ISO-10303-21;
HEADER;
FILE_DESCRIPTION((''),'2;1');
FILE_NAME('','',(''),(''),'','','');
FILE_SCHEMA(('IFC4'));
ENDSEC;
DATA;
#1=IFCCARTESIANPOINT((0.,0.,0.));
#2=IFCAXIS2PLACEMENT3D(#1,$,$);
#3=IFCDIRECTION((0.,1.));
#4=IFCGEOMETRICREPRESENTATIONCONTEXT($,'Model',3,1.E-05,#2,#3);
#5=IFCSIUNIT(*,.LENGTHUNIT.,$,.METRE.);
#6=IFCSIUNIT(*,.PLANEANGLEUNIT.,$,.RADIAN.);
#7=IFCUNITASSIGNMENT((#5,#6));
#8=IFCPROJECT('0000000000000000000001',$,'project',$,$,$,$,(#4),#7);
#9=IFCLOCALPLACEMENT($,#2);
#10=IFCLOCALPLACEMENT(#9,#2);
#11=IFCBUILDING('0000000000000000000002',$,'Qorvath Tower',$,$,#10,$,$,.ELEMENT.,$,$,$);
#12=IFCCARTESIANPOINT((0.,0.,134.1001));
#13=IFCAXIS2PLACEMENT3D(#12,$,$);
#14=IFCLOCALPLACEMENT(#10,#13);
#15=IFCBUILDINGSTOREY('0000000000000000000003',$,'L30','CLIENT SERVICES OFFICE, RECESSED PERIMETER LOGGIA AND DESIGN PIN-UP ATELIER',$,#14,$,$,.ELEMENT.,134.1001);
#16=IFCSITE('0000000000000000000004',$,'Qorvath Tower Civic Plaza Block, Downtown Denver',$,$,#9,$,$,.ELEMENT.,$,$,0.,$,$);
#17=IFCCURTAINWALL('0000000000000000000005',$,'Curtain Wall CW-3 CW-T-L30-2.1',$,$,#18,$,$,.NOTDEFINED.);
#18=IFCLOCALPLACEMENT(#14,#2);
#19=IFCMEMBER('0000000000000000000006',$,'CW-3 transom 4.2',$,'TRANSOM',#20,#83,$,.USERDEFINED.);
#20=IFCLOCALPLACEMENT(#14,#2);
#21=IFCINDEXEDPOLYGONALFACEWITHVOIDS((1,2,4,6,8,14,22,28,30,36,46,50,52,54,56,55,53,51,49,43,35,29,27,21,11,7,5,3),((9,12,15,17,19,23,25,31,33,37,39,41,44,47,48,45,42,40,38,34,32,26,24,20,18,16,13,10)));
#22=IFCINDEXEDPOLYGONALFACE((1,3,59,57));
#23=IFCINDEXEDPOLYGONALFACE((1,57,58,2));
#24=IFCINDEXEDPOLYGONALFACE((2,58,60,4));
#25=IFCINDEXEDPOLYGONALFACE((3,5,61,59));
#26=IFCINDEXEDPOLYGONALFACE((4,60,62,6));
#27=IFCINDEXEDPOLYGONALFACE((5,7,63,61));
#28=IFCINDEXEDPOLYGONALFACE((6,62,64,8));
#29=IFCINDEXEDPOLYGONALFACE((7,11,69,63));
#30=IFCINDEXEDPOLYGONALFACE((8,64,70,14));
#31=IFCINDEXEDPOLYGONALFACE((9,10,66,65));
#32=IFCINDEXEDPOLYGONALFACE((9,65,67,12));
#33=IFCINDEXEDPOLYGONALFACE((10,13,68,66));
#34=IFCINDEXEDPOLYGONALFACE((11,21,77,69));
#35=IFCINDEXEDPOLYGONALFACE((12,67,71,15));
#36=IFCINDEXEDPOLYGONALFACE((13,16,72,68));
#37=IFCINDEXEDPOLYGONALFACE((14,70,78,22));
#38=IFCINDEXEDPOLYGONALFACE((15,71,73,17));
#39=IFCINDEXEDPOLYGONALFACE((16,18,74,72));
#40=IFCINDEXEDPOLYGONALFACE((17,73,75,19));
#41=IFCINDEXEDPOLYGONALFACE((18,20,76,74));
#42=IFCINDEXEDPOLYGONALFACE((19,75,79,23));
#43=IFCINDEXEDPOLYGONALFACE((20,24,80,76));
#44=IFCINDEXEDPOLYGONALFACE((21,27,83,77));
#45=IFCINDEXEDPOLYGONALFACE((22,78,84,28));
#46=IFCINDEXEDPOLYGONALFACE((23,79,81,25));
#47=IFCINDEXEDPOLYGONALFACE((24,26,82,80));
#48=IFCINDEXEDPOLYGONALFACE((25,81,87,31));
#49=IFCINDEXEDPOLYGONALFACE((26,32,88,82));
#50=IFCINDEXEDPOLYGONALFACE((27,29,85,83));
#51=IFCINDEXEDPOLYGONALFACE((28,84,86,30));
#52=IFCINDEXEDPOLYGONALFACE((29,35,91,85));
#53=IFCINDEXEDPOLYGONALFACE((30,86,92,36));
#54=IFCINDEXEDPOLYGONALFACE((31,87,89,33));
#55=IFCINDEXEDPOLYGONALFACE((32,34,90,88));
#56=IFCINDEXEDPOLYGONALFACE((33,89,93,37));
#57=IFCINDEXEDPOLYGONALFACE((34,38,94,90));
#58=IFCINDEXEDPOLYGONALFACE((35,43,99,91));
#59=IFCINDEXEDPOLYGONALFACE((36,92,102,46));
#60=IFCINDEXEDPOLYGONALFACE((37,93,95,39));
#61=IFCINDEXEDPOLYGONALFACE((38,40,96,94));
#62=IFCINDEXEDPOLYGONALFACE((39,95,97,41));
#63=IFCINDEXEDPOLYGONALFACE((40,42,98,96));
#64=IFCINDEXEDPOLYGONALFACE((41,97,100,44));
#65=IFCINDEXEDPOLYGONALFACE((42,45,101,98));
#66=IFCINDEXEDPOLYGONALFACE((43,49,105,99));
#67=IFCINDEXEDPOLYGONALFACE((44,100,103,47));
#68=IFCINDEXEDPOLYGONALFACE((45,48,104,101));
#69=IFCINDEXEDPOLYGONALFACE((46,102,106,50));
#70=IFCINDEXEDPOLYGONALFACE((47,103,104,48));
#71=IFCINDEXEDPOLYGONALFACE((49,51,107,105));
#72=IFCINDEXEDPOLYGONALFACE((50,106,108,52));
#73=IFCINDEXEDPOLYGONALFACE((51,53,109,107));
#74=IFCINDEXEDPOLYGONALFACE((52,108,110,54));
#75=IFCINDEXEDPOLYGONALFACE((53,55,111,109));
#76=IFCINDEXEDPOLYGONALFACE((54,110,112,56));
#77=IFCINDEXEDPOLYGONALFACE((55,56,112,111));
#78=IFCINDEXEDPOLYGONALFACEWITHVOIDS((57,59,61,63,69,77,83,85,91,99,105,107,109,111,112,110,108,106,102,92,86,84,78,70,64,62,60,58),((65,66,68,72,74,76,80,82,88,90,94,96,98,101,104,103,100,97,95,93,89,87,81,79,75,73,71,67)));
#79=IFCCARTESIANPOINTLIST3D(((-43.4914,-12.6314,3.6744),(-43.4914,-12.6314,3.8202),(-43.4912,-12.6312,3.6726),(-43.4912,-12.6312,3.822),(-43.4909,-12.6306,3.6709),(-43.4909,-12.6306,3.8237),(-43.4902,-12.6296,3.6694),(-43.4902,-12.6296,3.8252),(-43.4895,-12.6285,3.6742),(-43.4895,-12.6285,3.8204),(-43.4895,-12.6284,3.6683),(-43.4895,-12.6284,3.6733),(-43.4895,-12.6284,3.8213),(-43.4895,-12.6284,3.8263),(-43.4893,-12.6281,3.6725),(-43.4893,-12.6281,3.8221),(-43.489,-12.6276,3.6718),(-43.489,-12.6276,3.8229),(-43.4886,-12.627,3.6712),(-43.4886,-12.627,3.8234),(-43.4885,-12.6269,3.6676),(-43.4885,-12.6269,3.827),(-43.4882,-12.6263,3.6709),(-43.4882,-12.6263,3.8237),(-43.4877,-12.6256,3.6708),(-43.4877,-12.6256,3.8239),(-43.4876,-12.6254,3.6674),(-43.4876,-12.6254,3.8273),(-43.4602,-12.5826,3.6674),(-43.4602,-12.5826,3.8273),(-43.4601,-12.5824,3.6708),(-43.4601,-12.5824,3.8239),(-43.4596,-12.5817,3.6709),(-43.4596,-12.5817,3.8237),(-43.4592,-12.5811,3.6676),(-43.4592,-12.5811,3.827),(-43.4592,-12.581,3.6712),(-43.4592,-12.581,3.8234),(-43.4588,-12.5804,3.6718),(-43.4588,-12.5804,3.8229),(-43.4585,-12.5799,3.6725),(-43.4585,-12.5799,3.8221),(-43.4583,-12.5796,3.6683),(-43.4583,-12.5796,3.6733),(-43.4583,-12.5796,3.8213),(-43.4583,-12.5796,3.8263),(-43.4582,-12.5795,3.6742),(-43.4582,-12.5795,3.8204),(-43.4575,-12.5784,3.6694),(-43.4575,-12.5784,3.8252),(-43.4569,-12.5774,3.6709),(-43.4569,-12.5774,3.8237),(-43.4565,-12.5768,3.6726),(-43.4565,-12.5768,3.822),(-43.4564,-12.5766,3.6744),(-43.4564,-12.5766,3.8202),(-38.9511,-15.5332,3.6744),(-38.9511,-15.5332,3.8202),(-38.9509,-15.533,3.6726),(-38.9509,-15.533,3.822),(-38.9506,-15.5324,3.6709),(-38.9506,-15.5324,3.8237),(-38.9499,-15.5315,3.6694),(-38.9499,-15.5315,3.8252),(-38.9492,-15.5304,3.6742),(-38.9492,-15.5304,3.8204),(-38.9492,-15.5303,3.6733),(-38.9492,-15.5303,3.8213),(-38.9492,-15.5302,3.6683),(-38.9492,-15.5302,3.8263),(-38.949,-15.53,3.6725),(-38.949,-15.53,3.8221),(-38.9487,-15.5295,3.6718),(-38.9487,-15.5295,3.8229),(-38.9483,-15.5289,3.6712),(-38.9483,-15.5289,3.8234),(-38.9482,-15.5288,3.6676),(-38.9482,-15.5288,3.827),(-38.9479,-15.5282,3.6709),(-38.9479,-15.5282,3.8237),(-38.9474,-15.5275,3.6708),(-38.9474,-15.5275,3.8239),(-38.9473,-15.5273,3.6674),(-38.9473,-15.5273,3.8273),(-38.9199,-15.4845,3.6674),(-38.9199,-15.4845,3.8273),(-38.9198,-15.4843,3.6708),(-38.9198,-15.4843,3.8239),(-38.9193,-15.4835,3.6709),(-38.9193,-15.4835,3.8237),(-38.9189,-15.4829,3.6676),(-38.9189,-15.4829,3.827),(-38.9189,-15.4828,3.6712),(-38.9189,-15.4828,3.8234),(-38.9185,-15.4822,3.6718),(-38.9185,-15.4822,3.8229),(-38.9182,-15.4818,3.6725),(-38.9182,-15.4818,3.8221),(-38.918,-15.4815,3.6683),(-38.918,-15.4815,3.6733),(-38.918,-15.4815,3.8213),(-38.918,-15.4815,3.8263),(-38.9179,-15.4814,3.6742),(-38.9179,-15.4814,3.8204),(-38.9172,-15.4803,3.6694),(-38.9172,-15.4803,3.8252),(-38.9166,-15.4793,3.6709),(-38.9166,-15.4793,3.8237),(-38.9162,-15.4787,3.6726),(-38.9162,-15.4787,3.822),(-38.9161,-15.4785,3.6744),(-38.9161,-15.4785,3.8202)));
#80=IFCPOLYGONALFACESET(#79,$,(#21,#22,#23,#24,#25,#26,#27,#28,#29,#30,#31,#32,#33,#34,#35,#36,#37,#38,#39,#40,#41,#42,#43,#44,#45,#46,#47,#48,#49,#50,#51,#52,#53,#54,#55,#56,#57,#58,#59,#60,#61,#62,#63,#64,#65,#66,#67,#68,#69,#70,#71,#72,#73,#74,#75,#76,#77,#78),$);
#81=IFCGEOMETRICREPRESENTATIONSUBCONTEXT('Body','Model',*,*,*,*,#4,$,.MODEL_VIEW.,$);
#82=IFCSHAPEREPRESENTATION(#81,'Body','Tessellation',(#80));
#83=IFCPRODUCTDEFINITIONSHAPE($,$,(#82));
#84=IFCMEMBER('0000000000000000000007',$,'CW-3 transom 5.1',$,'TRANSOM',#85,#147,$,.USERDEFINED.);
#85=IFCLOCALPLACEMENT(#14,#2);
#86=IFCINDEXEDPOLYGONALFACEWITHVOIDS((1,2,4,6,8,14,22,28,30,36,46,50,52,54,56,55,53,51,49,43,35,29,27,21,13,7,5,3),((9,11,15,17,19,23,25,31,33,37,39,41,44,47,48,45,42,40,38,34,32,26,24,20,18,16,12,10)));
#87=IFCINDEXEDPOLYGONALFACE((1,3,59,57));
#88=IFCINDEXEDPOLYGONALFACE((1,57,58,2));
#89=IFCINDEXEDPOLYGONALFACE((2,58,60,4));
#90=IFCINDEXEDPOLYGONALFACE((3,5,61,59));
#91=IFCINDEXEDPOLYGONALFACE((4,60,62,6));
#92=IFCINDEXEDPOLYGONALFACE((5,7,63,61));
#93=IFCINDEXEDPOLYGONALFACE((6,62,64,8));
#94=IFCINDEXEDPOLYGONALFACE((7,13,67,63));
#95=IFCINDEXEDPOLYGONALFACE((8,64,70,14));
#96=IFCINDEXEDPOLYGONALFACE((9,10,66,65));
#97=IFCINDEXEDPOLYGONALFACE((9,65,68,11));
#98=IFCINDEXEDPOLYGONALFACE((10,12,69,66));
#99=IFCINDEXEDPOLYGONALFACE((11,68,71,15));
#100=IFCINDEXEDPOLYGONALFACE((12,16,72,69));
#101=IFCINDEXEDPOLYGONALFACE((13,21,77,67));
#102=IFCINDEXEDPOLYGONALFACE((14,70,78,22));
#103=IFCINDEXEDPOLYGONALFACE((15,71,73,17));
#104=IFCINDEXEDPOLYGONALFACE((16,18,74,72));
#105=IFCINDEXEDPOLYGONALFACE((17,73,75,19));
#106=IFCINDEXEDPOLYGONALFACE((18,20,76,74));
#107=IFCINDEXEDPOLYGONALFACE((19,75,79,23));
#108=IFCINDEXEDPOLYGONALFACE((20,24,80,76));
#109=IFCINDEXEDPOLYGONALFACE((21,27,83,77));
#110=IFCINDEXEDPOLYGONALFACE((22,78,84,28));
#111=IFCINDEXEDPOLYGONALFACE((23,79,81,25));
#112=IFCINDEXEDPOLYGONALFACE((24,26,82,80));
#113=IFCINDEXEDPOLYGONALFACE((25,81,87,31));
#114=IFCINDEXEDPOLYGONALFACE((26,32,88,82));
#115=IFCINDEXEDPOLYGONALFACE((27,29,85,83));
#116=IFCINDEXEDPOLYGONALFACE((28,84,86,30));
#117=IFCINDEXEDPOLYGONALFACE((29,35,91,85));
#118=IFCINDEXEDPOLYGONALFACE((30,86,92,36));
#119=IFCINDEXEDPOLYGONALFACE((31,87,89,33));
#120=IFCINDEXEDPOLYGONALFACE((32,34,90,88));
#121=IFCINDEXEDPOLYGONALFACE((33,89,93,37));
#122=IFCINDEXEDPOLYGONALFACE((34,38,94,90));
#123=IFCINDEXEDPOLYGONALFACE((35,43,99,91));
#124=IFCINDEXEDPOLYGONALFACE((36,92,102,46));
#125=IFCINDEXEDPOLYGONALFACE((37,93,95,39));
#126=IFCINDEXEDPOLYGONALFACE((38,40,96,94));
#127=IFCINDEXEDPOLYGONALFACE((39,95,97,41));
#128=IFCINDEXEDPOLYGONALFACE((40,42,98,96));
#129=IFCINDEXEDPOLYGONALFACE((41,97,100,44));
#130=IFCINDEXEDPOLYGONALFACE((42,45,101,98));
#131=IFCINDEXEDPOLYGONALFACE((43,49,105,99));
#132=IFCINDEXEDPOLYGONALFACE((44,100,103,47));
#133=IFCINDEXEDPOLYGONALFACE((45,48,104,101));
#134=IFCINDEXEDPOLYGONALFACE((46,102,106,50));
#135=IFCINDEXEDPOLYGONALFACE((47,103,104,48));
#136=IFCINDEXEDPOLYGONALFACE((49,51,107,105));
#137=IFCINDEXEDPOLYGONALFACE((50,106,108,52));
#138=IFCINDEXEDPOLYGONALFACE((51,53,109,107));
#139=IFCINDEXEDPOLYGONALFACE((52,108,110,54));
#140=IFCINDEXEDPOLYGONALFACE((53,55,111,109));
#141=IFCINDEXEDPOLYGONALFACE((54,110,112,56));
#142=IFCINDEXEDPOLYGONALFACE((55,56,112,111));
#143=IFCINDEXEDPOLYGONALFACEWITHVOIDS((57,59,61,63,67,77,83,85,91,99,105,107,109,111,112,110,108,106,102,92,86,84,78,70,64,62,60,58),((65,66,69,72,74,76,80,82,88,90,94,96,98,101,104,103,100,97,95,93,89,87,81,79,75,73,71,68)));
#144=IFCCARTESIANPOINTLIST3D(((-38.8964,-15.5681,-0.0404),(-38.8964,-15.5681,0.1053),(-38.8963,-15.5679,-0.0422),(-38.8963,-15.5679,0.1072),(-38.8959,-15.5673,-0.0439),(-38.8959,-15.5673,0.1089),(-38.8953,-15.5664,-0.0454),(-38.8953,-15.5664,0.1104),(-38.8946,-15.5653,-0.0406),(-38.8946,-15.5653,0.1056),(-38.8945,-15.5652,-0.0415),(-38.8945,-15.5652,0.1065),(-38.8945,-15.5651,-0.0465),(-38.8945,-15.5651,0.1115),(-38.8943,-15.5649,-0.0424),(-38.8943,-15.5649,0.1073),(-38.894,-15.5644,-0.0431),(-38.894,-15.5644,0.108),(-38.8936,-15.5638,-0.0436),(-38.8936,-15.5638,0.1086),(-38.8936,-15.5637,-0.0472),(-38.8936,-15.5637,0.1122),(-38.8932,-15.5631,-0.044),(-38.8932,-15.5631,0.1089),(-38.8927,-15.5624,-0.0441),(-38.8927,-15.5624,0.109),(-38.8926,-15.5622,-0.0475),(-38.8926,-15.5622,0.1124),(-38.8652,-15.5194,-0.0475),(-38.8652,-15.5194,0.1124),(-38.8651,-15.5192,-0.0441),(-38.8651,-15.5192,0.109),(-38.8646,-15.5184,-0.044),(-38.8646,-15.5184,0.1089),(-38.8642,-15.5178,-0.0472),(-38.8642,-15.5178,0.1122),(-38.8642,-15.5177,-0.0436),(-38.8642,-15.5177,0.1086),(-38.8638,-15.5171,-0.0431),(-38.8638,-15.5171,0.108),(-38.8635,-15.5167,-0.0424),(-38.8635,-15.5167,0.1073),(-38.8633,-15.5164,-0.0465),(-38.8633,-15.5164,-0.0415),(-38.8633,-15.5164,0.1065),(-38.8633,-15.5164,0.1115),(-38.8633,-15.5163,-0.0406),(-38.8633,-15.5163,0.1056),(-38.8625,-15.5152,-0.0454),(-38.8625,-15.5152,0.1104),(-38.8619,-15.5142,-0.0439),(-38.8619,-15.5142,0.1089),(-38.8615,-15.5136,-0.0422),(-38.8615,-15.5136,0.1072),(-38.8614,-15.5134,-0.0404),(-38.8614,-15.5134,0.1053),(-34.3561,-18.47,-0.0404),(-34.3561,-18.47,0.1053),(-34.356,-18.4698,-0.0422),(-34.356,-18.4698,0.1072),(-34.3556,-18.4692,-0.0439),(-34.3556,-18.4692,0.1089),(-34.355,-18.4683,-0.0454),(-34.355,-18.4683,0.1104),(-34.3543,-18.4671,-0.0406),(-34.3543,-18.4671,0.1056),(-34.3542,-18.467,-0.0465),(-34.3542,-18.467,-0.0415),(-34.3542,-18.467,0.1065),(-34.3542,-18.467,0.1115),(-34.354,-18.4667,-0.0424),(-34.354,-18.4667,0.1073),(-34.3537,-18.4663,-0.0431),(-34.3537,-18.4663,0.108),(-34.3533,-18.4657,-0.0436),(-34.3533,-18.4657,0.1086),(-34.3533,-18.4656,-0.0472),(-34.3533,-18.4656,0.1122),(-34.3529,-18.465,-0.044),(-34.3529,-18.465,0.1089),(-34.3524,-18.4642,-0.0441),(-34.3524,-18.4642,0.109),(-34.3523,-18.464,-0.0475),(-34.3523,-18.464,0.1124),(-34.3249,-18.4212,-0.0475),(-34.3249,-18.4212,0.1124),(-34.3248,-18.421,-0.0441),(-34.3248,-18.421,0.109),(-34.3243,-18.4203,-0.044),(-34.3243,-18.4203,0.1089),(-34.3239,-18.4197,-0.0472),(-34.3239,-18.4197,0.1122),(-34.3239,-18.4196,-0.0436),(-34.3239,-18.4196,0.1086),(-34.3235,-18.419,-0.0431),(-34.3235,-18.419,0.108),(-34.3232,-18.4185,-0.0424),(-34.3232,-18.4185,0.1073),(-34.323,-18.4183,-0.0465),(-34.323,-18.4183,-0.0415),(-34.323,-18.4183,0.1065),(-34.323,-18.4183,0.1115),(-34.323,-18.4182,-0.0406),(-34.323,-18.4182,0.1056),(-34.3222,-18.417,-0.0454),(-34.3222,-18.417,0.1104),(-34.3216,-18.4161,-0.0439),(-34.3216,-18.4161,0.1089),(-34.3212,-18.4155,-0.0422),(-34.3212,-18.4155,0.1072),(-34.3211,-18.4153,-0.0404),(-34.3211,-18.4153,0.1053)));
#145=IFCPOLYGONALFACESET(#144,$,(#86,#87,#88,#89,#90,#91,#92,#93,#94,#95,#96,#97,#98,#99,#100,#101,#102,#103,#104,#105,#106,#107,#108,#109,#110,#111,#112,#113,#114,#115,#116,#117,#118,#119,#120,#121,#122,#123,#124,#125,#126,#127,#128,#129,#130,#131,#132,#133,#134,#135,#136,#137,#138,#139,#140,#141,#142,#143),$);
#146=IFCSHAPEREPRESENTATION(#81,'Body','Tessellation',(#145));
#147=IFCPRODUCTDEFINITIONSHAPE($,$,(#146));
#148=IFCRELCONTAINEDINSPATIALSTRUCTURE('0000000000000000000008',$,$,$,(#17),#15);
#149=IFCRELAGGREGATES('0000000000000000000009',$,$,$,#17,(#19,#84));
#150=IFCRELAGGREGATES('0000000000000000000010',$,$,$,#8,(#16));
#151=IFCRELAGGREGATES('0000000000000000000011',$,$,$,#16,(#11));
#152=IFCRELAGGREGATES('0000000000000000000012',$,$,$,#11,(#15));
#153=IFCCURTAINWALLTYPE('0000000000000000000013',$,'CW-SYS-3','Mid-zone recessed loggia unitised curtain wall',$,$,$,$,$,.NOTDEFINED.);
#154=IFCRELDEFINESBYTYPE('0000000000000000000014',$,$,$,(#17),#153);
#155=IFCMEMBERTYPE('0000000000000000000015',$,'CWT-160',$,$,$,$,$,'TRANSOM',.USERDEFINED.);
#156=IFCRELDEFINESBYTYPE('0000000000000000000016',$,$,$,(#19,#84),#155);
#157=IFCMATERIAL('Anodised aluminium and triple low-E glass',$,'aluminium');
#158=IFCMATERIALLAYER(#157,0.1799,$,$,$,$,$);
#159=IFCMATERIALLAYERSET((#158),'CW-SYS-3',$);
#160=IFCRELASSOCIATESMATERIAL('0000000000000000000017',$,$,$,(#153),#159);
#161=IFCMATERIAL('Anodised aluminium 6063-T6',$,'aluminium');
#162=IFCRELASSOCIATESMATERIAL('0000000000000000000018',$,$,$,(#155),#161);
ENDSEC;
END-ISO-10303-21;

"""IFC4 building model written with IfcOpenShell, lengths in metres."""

from ifc_helpers import new_model, si_unit, direction, frame, origin, origin_2d, place, context, subcontext, project, spatial, hollow_rectangle, extrude, material, layer, layer_set, material_profile, profile_set, type_object, element, aggregate, save


model = new_model("IFC4")

# Units and contexts
model_context = context("Model", 3, precision=1e-05, world=origin(), true_north=direction((0.0, 1.0)))
body_context = subcontext(model_context, "Body", "Model", "MODEL_VIEW")
ifc_project = project(units=[si_unit("LENGTHUNIT", "METRE"), si_unit("PLANEANGLEUNIT", "RADIAN")], contexts=[model_context])

# Site, building, storey
site_placement = place(None, origin())
site = spatial("IfcSite", under=ifc_project, at=site_placement, Name="Qorvath Tower Civic Plaza Block, Downtown Denver", CompositionType="ELEMENT", RefElevation=0.0)
building_placement = place(site_placement, origin())
building = spatial("IfcBuilding", under=site, at=building_placement, Name="Qorvath Tower", CompositionType="ELEMENT")
storey_placement = place(building_placement, frame((0.0, 0.0, 134.1001)))
storey = spatial("IfcBuildingStorey", under=building, at=storey_placement, Name="L30", Description="CLIENT SERVICES OFFICE, RECESSED PERIMETER LOGGIA AND DESIGN PIN-UP ATELIER", CompositionType="ELEMENT", Elevation=134.1001)

# Curtain wall, members
ifc_material_1 = material(Name="Anodised aluminium and triple low-E glass", Category="aluminium")
ifc_layer_1 = layer(ifc_material_1, 0.1799)
ifc_layer_set_1 = layer_set([ifc_layer_1], Name="CW-SYS-3")
curtain_wall_type = type_object("IfcCurtainWallType", Name="CW-SYS-3", Description="Mid-zone recessed loggia unitised curtain wall", PredefinedType="NOTDEFINED", material=ifc_layer_set_1)
curtain_wall_placement = place(storey_placement, origin())
curtain_wall = element("IfcCurtainWall", 1, at=curtain_wall_placement, inside=storey, type_object=curtain_wall_type, Name="Curtain Wall CW-3 CW-T-L30-2.1", PredefinedType="NOTDEFINED")
ifc_material_2 = material(Name="Anodised aluminium 6063-T6", Category="aluminium")
ifc_material_profile_1 = material_profile(ifc_material_2, hollow_rectangle(XDim=0.0649, YDim=0.1599, WallThickness=0.0034, InnerFilletRadius=0.0034, OuterFilletRadius=0.0071, at=origin_2d()), Name="CWT 160x65")
ifc_profile_set_1 = profile_set([ifc_material_profile_1], Name="Anodised aluminium 6063-T6")
member_type_1 = type_object("IfcMemberType", Name="CWT-160", ElementType="TRANSOM", PredefinedType="USERDEFINED", material=ifc_profile_set_1)
member_1_placement = place(storey_placement, frame((-43.4739, -12.604, 3.7473), z_axis=(0.842602, -0.538537, 0.0), x_axis=(0.538537, 0.842602, 0.0)))
member_1 = element("IfcMember", 2, at=member_1_placement, type_object=member_type_1, Name="CW-3 transom 4.2", ObjectType="TRANSOM", PredefinedType="USERDEFINED", context=body_context, shape_type="SweptSolid", body=[
    extrude(hollow_rectangle(XDim=0.0649, YDim=0.1599, WallThickness=0.0034, InnerFilletRadius=0.0034, OuterFilletRadius=0.0071, at=origin_2d()), origin(), (0.0, 0.0, 1.0), 5.3884),
])
member_2_placement = place(storey_placement, frame((-38.8789, -15.5408, 0.0325), z_axis=(0.842602, -0.538537, 0.0), x_axis=(0.538537, 0.842602, 0.0)))
member_2 = element("IfcMember", 3, at=member_2_placement, type_object=member_type_1, Name="CW-3 transom 5.1", ObjectType="TRANSOM", PredefinedType="USERDEFINED", context=body_context, shape_type="SweptSolid", body=[
    extrude(hollow_rectangle(XDim=0.0649, YDim=0.1599, WallThickness=0.0034, InnerFilletRadius=0.0034, OuterFilletRadius=0.0071, at=origin_2d()), origin(), (0.0, 0.0, 1.0), 5.3884),
])
aggregate(curtain_wall, [member_1, member_2])

save(model, "model.ifc")
